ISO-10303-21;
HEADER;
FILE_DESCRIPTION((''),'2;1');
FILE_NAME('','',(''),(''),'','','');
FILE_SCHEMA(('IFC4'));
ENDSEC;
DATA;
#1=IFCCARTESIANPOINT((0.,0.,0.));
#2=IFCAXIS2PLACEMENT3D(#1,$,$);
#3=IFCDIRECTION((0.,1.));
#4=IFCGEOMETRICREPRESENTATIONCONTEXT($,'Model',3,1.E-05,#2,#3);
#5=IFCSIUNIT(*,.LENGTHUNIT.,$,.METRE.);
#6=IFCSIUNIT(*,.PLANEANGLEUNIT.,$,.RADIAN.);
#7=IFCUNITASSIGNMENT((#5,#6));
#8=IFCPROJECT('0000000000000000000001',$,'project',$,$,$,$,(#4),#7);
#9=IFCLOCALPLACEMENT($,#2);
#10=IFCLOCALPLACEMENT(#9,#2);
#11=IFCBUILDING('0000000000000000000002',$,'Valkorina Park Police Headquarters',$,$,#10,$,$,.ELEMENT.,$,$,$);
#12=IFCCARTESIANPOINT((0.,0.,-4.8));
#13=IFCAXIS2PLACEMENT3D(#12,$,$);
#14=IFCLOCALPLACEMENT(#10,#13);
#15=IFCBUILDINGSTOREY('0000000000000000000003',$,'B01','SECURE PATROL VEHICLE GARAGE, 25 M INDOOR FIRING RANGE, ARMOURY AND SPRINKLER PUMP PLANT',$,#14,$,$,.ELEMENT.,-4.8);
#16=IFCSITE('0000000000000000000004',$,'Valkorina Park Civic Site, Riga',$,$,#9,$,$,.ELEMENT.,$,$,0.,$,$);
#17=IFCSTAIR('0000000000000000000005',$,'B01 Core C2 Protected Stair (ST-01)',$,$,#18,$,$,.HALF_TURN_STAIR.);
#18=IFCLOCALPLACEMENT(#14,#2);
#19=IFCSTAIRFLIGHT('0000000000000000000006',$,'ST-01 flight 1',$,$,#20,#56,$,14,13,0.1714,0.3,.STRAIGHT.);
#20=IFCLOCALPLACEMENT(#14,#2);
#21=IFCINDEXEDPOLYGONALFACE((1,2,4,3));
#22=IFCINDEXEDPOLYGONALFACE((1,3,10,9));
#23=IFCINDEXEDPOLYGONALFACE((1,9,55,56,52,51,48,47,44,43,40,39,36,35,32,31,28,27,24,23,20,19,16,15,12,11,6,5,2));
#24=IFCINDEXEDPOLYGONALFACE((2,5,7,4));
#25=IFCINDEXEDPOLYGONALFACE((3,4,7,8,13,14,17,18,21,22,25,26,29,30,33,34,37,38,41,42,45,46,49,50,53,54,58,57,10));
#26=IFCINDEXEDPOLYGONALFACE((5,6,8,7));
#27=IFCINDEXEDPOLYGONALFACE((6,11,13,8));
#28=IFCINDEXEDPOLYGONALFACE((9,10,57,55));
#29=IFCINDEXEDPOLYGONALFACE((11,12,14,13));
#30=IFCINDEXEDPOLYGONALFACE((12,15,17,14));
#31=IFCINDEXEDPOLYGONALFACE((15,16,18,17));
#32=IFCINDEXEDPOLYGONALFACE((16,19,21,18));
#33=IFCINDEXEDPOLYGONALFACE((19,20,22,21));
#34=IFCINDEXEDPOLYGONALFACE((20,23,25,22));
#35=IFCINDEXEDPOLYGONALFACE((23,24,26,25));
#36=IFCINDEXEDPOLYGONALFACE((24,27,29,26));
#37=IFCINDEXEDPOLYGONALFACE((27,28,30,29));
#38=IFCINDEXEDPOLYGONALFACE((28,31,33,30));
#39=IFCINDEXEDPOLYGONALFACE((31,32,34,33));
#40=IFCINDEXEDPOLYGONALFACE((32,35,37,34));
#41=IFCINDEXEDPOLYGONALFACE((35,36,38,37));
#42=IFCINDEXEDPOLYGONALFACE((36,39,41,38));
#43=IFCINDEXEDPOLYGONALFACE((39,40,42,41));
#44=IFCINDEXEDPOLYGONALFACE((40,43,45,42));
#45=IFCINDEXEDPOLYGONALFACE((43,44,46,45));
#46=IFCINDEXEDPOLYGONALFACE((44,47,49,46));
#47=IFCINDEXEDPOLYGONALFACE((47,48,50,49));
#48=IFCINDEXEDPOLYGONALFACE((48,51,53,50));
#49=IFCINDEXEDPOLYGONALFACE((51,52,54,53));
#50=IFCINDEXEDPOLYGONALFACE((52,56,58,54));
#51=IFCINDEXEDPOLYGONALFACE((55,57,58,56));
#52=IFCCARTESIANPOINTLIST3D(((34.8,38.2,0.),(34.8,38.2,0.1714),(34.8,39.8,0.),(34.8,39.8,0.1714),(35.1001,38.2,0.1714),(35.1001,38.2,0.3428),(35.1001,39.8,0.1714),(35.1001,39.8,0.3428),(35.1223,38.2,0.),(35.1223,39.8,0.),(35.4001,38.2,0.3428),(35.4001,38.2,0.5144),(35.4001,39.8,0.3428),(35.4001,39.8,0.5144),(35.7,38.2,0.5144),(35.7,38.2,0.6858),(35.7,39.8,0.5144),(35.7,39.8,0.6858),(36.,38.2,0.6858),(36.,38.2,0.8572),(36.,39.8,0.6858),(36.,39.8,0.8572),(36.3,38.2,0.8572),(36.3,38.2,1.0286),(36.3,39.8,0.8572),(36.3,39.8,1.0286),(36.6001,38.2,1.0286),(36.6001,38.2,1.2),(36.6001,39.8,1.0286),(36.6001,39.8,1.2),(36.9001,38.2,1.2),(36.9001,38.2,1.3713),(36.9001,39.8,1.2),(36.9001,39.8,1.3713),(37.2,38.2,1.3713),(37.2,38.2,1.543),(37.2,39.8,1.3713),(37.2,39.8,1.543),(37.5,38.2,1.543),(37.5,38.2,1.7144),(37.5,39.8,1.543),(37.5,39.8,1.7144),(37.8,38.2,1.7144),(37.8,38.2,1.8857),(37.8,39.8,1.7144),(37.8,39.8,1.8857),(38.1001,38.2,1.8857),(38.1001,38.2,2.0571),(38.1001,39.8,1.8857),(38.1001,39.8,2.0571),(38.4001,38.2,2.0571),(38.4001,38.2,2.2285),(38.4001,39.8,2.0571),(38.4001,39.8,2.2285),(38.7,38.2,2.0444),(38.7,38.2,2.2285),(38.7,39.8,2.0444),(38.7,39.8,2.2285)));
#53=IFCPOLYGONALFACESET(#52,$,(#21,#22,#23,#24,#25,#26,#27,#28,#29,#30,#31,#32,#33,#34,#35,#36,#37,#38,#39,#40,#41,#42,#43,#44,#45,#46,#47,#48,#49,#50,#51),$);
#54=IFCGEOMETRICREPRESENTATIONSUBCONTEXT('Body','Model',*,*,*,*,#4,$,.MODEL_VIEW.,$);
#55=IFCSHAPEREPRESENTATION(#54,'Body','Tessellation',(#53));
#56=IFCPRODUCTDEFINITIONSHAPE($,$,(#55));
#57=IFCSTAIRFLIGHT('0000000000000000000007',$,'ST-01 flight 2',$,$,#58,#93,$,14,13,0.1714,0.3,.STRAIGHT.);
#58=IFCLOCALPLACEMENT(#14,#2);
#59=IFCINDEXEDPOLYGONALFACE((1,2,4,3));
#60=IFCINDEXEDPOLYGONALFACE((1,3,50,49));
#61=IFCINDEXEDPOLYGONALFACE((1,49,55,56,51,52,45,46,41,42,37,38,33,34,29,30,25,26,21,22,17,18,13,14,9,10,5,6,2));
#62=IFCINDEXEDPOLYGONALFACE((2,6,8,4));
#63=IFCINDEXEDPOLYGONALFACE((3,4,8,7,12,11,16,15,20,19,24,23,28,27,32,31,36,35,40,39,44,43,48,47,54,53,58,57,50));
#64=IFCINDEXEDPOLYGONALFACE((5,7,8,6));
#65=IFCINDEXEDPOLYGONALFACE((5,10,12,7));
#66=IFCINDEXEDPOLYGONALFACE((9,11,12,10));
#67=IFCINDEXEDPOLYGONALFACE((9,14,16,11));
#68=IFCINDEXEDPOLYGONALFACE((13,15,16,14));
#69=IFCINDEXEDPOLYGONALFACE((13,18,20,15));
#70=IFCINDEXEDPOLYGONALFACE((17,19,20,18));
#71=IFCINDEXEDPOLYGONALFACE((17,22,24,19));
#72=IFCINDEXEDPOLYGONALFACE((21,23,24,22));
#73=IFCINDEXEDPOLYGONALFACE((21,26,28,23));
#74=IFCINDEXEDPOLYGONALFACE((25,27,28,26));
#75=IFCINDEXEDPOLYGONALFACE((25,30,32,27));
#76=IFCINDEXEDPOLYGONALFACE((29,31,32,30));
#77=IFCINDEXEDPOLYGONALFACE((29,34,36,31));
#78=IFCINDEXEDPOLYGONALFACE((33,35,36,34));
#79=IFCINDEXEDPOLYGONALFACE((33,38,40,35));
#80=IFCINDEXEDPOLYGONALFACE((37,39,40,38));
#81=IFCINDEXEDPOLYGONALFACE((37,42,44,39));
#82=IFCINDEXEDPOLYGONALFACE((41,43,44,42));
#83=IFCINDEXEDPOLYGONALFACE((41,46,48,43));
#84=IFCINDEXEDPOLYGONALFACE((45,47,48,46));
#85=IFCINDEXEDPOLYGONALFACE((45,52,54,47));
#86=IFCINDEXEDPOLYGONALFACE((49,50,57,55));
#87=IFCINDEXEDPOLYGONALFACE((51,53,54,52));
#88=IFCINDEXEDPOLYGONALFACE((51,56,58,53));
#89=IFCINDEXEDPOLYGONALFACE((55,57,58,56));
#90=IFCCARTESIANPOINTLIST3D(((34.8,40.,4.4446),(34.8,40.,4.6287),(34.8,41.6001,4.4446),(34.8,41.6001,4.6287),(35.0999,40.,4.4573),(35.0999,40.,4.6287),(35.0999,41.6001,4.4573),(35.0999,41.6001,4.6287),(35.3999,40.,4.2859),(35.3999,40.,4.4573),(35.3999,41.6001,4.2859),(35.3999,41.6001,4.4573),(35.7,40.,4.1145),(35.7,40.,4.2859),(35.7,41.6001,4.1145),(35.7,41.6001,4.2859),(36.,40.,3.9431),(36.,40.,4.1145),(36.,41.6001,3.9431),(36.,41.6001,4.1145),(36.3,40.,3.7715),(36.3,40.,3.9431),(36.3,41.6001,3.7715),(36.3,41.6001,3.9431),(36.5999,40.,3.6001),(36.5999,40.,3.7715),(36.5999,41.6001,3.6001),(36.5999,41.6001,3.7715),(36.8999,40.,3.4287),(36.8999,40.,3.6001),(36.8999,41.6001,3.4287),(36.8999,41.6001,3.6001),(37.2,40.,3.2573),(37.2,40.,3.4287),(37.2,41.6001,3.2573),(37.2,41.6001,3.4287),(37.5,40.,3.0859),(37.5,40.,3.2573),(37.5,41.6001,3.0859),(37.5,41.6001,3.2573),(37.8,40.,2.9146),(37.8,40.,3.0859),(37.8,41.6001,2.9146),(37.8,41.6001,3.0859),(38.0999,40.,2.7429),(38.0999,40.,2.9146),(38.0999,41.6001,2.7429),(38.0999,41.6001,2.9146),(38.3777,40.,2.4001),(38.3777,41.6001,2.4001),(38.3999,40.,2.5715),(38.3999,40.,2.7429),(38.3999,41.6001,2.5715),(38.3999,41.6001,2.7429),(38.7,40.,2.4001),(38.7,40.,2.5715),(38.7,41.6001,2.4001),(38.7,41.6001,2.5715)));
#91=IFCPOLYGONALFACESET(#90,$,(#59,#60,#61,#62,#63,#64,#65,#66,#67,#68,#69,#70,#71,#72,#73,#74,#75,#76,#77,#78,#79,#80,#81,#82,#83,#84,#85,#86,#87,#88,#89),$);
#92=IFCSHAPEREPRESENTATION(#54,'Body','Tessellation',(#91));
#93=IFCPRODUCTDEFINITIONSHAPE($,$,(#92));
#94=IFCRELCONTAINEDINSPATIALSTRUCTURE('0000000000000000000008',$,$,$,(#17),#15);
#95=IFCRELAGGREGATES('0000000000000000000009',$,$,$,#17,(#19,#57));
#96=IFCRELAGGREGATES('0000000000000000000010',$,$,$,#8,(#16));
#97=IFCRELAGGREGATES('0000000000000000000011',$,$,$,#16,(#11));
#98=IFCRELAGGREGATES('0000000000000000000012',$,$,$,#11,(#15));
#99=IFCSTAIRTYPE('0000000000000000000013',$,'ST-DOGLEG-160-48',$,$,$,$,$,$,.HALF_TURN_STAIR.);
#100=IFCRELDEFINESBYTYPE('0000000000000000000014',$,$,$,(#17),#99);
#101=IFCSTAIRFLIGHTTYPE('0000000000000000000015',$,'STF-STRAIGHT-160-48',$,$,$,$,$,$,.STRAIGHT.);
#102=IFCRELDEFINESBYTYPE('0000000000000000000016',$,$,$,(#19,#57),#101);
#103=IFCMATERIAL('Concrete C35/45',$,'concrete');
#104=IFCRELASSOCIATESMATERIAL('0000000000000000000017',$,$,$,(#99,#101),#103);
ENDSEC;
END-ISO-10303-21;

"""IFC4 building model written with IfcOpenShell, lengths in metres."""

from ifc_helpers import new_model, si_unit, direction, frame, origin, place, context, subcontext, project, spatial, polyline, outline, extrude, material, type_object, element, aggregate, save


model = new_model("IFC4")

# Units and contexts
model_context = context("Model", 3, precision=1e-05, world=origin(), true_north=direction((0.0, 1.0)))
body_context = subcontext(model_context, "Body", "Model", "MODEL_VIEW")
ifc_project = project(units=[si_unit("LENGTHUNIT", "METRE"), si_unit("PLANEANGLEUNIT", "RADIAN")], contexts=[model_context])

# Site, building, storey
site_placement = place(None, origin())
site = spatial("IfcSite", under=ifc_project, at=site_placement, Name="Valkorina Park Civic Site, Riga", CompositionType="ELEMENT", RefElevation=0.0)
building_placement = place(site_placement, origin())
building = spatial("IfcBuilding", under=site, at=building_placement, Name="Valkorina Park Police Headquarters", CompositionType="ELEMENT")
storey_placement = place(building_placement, frame((0.0, 0.0, -4.8)))
storey = spatial("IfcBuildingStorey", under=building, at=storey_placement, Name="B01", Description="SECURE PATROL VEHICLE GARAGE, 25 M INDOOR FIRING RANGE, ARMOURY AND SPRINKLER PUMP PLANT", CompositionType="ELEMENT", Elevation=-4.8)

# Shared definitions
ifc_material_1 = material(Name="Concrete C35/45", Category="concrete")

# Stair, stair flights
stair_type = type_object("IfcStairType", Name="ST-DOGLEG-160-48", PredefinedType="HALF_TURN_STAIR", material=ifc_material_1)
stair_placement = place(storey_placement, origin())
stair = element("IfcStair", 1, at=stair_placement, inside=storey, type_object=stair_type, Name="B01 Core C2 Protected Stair (ST-01)", PredefinedType="HALF_TURN_STAIR")
stair_flight_type = type_object("IfcStairFlightType", Name="STF-STRAIGHT-160-48", PredefinedType="STRAIGHT", material=ifc_material_1)
stair_flight_1_placement = place(storey_placement, frame((34.8, 39.0, 0.0), z_axis=(0.0, 0.0, 1.0), x_axis=(1.0, 0.0, 0.0)))
stair_flight_1 = element("IfcStairFlight", 2, at=stair_flight_1_placement, type_object=stair_flight_type, Name="ST-01 flight 1", NumberOfRisers=14, NumberOfTreads=13, PredefinedType="STRAIGHT", RiserHeight=0.1714, TreadLength=0.3, context=body_context, shape_type="SweptSolid", body=[
    extrude(outline(polyline([(0.0, 0.0), (0.0, 0.1714), (0.3, 0.1714), (0.3, 0.3428), (0.6001, 0.3428), (0.6001, 0.5144), (0.8999, 0.5144), (0.8999, 0.6858), (1.2, 0.6858), (1.2, 0.8572), (1.5, 0.8572), (1.5, 1.0286), (1.8, 1.0286), (1.8, 1.2), (2.1001, 1.2), (2.1001, 1.3713), (2.3999, 1.3713), (2.3999, 1.543), (2.7, 1.543), (2.7, 1.7144), (3.0, 1.7144), (3.0, 1.8857), (3.3, 1.8857), (3.3, 2.0571), (3.6001, 2.0571), (3.6001, 2.2285), (3.8999, 2.2285), (3.8999, 2.3999), (3.8999, 2.0444), (0.3223, 0.0), (0.0, 0.0)])), frame((0.0, 0.8, 0.0), z_axis=(0.0, -1.0, 0.0), x_axis=(1.0, 0.0, 0.0)), (0.0, 0.0, 1.0), 1.6001),
])
stair_flight_2_placement = place(storey_placement, frame((38.7, 40.8, 2.4001), z_axis=(0.0, 0.0, 1.0), x_axis=(-1.0, 0.0, 0.0)))
stair_flight_2 = element("IfcStairFlight", 3, at=stair_flight_2_placement, type_object=stair_flight_type, Name="ST-01 flight 2", NumberOfRisers=14, NumberOfTreads=13, PredefinedType="STRAIGHT", RiserHeight=0.1714, TreadLength=0.3, context=body_context, shape_type="SweptSolid", body=[
    extrude(outline(polyline([(0.0, 0.0), (0.0, 0.1714), (0.3, 0.1714), (0.3, 0.3428), (0.6001, 0.3428), (0.6001, 0.5144), (0.8999, 0.5144), (0.8999, 0.6858), (1.2, 0.6858), (1.2, 0.8572), (1.5, 0.8572), (1.5, 1.0286), (1.8, 1.0286), (1.8, 1.2), (2.1001, 1.2), (2.1001, 1.3713), (2.3999, 1.3713), (2.3999, 1.543), (2.7, 1.543), (2.7, 1.7144), (3.0, 1.7144), (3.0, 1.8857), (3.3, 1.8857), (3.3, 2.0571), (3.6001, 2.0571), (3.6001, 2.2285), (3.8999, 2.2285), (3.8999, 2.3999), (3.8999, 2.0444), (0.3223, 0.0), (0.0, 0.0)])), frame((0.0, 0.8, 0.0), z_axis=(0.0, -1.0, 0.0), x_axis=(1.0, 0.0, 0.0)), (0.0, 0.0, 1.0), 1.6001),
])
aggregate(stair, [stair_flight_1, stair_flight_2])

save(model, "model.ifc")
